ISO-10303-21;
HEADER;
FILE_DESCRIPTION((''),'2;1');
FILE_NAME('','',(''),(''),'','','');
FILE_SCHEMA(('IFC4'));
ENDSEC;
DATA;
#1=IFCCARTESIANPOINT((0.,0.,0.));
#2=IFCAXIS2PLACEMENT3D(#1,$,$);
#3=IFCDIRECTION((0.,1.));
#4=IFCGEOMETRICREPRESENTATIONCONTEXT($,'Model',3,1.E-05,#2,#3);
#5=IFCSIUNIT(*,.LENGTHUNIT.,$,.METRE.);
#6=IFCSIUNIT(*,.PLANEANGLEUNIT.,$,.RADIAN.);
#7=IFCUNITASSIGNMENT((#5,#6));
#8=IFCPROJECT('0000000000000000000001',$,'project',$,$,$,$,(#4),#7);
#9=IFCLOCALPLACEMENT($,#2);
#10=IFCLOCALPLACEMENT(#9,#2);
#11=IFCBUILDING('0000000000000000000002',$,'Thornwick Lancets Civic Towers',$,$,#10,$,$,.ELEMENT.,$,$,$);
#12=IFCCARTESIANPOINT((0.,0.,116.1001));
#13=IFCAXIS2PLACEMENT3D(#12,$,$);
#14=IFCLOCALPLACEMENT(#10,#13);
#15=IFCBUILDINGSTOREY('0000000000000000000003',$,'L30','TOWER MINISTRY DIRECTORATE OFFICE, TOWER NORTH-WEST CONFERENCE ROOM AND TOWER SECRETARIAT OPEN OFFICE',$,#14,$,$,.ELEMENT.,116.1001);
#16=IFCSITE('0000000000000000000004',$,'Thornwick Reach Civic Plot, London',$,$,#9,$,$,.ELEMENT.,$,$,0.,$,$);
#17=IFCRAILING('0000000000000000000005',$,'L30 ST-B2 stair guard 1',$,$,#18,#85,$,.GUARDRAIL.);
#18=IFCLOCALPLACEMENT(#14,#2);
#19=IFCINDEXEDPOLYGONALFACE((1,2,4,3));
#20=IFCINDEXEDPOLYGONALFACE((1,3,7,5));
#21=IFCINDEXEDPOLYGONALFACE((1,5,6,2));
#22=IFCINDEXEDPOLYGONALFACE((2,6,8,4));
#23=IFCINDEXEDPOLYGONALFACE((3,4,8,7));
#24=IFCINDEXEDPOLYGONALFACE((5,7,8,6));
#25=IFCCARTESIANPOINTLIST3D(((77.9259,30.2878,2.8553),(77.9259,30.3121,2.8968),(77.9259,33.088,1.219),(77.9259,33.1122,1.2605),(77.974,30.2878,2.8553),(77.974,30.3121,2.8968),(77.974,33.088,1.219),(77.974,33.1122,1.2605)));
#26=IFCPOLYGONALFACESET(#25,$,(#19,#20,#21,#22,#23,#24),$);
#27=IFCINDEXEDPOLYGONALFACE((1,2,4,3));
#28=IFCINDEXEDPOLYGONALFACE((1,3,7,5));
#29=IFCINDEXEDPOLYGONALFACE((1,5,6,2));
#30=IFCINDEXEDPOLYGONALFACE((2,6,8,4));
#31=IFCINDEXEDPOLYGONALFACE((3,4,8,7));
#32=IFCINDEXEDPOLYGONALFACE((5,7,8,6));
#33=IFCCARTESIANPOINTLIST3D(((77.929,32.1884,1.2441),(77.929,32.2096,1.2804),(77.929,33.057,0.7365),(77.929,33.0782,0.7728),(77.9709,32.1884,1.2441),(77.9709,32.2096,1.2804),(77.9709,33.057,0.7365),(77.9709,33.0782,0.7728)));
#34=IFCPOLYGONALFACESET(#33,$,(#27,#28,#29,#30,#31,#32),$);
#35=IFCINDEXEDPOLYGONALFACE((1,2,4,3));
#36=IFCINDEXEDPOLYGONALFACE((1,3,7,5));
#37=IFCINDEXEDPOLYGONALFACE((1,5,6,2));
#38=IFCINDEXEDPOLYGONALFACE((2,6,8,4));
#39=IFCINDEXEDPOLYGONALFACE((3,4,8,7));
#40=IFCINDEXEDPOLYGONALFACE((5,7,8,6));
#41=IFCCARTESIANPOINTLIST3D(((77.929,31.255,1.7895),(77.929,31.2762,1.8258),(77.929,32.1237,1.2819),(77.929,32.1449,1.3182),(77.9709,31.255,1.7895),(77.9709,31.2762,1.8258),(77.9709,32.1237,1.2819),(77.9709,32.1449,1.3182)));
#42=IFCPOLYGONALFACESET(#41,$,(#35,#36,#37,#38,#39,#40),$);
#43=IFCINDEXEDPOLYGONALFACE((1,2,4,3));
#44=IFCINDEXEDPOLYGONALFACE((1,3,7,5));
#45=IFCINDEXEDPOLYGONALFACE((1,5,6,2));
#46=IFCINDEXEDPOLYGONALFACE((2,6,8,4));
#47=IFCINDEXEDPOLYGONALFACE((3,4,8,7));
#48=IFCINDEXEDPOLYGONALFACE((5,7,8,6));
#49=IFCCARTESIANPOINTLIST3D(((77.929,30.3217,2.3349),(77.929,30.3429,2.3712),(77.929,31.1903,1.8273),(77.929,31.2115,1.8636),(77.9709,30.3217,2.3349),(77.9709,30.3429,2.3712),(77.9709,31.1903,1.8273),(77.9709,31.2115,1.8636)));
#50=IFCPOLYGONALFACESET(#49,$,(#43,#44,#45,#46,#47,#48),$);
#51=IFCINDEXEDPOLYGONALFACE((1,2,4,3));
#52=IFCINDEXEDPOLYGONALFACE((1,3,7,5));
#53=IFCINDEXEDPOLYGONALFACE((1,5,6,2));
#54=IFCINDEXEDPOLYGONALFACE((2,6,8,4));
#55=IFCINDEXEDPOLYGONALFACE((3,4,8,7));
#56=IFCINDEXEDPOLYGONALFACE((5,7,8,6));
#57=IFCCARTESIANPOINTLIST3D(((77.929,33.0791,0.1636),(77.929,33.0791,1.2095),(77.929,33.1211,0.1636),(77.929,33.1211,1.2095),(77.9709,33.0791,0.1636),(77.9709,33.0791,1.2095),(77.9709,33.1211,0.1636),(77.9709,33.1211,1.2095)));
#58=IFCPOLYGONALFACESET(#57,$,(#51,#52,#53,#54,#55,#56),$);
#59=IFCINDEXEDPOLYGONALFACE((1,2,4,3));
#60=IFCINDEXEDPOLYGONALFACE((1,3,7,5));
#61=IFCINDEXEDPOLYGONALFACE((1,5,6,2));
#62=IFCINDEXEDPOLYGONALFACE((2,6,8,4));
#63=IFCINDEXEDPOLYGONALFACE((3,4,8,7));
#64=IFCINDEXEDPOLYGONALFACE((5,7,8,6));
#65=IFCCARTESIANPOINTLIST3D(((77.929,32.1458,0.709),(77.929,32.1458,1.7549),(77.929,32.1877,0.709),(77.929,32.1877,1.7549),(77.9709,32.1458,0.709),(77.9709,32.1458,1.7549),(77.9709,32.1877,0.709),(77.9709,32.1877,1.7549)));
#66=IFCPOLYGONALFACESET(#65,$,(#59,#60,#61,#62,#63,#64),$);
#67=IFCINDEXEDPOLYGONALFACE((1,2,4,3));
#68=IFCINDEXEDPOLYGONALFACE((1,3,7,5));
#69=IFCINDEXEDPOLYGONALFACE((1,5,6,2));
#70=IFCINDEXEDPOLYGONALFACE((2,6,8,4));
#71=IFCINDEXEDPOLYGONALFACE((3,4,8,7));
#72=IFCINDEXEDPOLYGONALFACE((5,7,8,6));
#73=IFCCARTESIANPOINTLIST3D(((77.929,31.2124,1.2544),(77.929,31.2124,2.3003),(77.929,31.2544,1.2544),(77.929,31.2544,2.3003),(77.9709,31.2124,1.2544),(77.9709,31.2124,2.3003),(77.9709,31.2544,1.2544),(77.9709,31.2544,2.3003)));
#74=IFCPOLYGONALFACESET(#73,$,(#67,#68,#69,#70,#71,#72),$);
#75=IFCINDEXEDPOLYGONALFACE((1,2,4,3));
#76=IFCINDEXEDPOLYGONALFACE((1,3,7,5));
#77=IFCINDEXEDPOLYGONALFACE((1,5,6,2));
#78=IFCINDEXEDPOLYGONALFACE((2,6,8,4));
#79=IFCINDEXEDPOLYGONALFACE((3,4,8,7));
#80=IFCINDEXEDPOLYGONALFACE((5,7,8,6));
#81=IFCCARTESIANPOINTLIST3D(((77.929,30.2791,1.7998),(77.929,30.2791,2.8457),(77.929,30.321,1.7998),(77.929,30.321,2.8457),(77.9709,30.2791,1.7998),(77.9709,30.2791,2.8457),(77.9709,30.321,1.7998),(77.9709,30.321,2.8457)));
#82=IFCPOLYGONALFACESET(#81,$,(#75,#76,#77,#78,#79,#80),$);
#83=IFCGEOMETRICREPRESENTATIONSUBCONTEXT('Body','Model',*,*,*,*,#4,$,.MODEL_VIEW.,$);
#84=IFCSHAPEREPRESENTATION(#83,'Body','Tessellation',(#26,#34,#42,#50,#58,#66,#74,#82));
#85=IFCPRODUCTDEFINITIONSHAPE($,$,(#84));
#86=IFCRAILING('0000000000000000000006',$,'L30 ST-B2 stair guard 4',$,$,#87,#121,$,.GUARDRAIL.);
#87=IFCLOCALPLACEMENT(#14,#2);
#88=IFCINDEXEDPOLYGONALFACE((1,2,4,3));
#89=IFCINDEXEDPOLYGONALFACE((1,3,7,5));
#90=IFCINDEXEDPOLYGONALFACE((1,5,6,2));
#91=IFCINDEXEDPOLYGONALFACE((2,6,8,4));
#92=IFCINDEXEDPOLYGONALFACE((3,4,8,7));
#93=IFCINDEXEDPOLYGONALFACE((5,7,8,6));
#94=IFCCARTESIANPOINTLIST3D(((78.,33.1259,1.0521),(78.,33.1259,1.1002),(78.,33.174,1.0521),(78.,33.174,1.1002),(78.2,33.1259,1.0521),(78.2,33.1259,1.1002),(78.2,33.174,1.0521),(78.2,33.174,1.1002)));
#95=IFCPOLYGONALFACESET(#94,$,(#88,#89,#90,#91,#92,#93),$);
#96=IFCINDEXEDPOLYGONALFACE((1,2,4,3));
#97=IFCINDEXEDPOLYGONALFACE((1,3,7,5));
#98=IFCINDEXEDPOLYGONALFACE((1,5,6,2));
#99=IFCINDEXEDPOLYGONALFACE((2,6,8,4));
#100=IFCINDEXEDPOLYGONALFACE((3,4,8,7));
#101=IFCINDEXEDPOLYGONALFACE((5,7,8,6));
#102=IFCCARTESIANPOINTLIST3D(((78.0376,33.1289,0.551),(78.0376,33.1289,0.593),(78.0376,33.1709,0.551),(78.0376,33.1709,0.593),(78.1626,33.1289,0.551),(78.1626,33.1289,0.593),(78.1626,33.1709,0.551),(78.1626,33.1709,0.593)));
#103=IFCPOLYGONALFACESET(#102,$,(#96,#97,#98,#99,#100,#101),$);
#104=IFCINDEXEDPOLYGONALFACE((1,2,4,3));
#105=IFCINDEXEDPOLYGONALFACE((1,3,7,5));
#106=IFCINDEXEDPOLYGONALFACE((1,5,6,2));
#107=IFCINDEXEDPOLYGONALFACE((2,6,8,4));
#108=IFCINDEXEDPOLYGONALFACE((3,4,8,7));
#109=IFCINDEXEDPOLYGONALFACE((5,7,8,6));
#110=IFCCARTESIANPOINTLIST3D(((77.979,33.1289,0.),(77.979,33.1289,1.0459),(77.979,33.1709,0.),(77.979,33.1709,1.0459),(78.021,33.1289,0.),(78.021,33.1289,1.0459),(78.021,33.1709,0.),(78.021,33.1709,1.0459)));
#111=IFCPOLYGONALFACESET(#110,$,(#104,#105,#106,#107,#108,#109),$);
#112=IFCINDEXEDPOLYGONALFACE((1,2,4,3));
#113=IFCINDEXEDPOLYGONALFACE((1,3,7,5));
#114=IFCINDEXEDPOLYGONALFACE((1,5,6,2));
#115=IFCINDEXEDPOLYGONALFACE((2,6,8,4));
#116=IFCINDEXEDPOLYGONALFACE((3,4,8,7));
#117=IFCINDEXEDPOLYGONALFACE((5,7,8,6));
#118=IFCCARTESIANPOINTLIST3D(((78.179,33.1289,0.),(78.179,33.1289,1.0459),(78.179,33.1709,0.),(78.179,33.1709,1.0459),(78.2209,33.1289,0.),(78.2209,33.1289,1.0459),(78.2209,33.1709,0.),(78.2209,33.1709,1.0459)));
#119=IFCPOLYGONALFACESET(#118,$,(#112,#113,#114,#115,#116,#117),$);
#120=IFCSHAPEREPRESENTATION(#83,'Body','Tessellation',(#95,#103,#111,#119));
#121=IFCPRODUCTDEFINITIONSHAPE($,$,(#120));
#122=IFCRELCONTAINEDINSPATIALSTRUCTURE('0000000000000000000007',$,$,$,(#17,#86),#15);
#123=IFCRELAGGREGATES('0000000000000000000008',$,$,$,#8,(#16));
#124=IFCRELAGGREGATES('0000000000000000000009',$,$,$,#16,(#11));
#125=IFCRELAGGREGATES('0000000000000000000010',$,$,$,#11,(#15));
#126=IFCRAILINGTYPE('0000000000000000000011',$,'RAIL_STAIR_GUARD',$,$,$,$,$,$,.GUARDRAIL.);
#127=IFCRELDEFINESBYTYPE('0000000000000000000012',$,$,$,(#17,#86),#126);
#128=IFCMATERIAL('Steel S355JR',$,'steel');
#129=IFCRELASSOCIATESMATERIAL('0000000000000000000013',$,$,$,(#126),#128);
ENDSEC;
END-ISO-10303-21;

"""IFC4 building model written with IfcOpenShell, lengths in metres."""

from ifc_helpers import new_model, si_unit, direction, frame, origin, origin_2d, place, context, subcontext, project, spatial, rectangle, extrude, material, type_object, element, save


model = new_model("IFC4")

# Units and contexts
model_context = context("Model", 3, precision=1e-05, world=origin(), true_north=direction((0.0, 1.0)))
body_context = subcontext(model_context, "Body", "Model", "MODEL_VIEW")
ifc_project = project(units=[si_unit("LENGTHUNIT", "METRE"), si_unit("PLANEANGLEUNIT", "RADIAN")], contexts=[model_context])

# Site, building, storey
site_placement = place(None, origin())
site = spatial("IfcSite", under=ifc_project, at=site_placement, Name="Thornwick Reach Civic Plot, London", CompositionType="ELEMENT", RefElevation=0.0)
building_placement = place(site_placement, origin())
building = spatial("IfcBuilding", under=site, at=building_placement, Name="Thornwick Lancets Civic Towers", CompositionType="ELEMENT")
storey_placement = place(building_placement, frame((0.0, 0.0, 116.1001)))
storey = spatial("IfcBuildingStorey", under=building, at=storey_placement, Name="L30", Description="TOWER MINISTRY DIRECTORATE OFFICE, TOWER NORTH-WEST CONFERENCE ROOM AND TOWER SECRETARIAT OPEN OFFICE", CompositionType="ELEMENT", Elevation=116.1001)

# Shared definitions
ifc_material_1 = material(Name="Steel S355JR", Category="steel")

# Railings
railing_type = type_object("IfcRailingType", Name="RAIL_STAIR_GUARD", PredefinedType="GUARDRAIL", material=ifc_material_1)
railing_1_placement = place(storey_placement, frame((77.95, 33.1001, 0.1636)))
element("IfcRailing", 1, at=railing_1_placement, inside=storey, type_object=railing_type, Name="L30 ST-B2 stair guard 1", PredefinedType="GUARDRAIL", context=body_context, shape_type="SweptSolid", body=[
    extrude(rectangle(XDim=0.0481, YDim=0.0481, at=origin_2d()), frame((0.0, 0.0, 1.0762), z_axis=(0.0, -0.863394, 0.504531), x_axis=(1.0, 0.0, 0.0)), (0.0, 0.0, 1.0), 3.2432),
    extrude(rectangle(XDim=0.042, YDim=0.042, at=origin_2d()), frame((0.0, -0.0325, 0.5911), z_axis=(0.0, -0.863394, 0.504531), x_axis=(1.0, 0.0, 0.0)), (0.0, 0.0, 1.0), 1.0061),
    extrude(rectangle(XDim=0.042, YDim=0.042, at=origin_2d()), frame((0.0, -0.9658, 1.1365), z_axis=(0.0, -0.863394, 0.504531), x_axis=(1.0, 0.0, 0.0)), (0.0, 0.0, 1.0), 1.0061),
    extrude(rectangle(XDim=0.042, YDim=0.042, at=origin_2d()), frame((0.0, -1.8992, 1.6819), z_axis=(0.0, -0.863394, 0.504531), x_axis=(1.0, 0.0, 0.0)), (0.0, 0.0, 1.0), 1.0061),
    extrude(rectangle(XDim=0.042, YDim=0.042, at=origin_2d()), origin(), (0.0, 0.0, 1.0), 1.0459),
    extrude(rectangle(XDim=0.042, YDim=0.042, at=origin_2d()), frame((0.0, -0.9333, 0.5454)), (0.0, 0.0, 1.0), 1.0459),
    extrude(rectangle(XDim=0.042, YDim=0.042, at=origin_2d()), frame((0.0, -1.8667, 1.0908)), (0.0, 0.0, 1.0), 1.0459),
    extrude(rectangle(XDim=0.042, YDim=0.042, at=origin_2d()), frame((0.0, -2.8, 1.6362)), (0.0, 0.0, 1.0), 1.0459),
])
railing_2_placement = place(storey_placement, frame((78.0, 33.1499, 0.0)))
element("IfcRailing", 2, at=railing_2_placement, inside=storey, type_object=railing_type, Name="L30 ST-B2 stair guard 4", PredefinedType="GUARDRAIL", context=body_context, shape_type="SweptSolid", body=[
    extrude(rectangle(XDim=0.0481, YDim=0.0481, at=origin_2d()), frame((0.0, 0.0, 1.0762), z_axis=(1.0, 0.0, 0.0), x_axis=(0.0, 1.0, 0.0)), (0.0, 0.0, 1.0), 0.2),
    extrude(rectangle(XDim=0.042, YDim=0.042, at=origin_2d()), frame((0.0376, 0.0, 0.572), z_axis=(1.0, 0.0, 0.0), x_axis=(0.0, 1.0, 0.0)), (0.0, 0.0, 1.0), 0.125),
    extrude(rectangle(XDim=0.042, YDim=0.042, at=origin_2d()), origin(), (0.0, 0.0, 1.0), 1.0459),
    extrude(rectangle(XDim=0.042, YDim=0.042, at=origin_2d()), frame((0.2, 0.0, 0.0)), (0.0, 0.0, 1.0), 1.0459),
])

save(model, "model.ifc")
